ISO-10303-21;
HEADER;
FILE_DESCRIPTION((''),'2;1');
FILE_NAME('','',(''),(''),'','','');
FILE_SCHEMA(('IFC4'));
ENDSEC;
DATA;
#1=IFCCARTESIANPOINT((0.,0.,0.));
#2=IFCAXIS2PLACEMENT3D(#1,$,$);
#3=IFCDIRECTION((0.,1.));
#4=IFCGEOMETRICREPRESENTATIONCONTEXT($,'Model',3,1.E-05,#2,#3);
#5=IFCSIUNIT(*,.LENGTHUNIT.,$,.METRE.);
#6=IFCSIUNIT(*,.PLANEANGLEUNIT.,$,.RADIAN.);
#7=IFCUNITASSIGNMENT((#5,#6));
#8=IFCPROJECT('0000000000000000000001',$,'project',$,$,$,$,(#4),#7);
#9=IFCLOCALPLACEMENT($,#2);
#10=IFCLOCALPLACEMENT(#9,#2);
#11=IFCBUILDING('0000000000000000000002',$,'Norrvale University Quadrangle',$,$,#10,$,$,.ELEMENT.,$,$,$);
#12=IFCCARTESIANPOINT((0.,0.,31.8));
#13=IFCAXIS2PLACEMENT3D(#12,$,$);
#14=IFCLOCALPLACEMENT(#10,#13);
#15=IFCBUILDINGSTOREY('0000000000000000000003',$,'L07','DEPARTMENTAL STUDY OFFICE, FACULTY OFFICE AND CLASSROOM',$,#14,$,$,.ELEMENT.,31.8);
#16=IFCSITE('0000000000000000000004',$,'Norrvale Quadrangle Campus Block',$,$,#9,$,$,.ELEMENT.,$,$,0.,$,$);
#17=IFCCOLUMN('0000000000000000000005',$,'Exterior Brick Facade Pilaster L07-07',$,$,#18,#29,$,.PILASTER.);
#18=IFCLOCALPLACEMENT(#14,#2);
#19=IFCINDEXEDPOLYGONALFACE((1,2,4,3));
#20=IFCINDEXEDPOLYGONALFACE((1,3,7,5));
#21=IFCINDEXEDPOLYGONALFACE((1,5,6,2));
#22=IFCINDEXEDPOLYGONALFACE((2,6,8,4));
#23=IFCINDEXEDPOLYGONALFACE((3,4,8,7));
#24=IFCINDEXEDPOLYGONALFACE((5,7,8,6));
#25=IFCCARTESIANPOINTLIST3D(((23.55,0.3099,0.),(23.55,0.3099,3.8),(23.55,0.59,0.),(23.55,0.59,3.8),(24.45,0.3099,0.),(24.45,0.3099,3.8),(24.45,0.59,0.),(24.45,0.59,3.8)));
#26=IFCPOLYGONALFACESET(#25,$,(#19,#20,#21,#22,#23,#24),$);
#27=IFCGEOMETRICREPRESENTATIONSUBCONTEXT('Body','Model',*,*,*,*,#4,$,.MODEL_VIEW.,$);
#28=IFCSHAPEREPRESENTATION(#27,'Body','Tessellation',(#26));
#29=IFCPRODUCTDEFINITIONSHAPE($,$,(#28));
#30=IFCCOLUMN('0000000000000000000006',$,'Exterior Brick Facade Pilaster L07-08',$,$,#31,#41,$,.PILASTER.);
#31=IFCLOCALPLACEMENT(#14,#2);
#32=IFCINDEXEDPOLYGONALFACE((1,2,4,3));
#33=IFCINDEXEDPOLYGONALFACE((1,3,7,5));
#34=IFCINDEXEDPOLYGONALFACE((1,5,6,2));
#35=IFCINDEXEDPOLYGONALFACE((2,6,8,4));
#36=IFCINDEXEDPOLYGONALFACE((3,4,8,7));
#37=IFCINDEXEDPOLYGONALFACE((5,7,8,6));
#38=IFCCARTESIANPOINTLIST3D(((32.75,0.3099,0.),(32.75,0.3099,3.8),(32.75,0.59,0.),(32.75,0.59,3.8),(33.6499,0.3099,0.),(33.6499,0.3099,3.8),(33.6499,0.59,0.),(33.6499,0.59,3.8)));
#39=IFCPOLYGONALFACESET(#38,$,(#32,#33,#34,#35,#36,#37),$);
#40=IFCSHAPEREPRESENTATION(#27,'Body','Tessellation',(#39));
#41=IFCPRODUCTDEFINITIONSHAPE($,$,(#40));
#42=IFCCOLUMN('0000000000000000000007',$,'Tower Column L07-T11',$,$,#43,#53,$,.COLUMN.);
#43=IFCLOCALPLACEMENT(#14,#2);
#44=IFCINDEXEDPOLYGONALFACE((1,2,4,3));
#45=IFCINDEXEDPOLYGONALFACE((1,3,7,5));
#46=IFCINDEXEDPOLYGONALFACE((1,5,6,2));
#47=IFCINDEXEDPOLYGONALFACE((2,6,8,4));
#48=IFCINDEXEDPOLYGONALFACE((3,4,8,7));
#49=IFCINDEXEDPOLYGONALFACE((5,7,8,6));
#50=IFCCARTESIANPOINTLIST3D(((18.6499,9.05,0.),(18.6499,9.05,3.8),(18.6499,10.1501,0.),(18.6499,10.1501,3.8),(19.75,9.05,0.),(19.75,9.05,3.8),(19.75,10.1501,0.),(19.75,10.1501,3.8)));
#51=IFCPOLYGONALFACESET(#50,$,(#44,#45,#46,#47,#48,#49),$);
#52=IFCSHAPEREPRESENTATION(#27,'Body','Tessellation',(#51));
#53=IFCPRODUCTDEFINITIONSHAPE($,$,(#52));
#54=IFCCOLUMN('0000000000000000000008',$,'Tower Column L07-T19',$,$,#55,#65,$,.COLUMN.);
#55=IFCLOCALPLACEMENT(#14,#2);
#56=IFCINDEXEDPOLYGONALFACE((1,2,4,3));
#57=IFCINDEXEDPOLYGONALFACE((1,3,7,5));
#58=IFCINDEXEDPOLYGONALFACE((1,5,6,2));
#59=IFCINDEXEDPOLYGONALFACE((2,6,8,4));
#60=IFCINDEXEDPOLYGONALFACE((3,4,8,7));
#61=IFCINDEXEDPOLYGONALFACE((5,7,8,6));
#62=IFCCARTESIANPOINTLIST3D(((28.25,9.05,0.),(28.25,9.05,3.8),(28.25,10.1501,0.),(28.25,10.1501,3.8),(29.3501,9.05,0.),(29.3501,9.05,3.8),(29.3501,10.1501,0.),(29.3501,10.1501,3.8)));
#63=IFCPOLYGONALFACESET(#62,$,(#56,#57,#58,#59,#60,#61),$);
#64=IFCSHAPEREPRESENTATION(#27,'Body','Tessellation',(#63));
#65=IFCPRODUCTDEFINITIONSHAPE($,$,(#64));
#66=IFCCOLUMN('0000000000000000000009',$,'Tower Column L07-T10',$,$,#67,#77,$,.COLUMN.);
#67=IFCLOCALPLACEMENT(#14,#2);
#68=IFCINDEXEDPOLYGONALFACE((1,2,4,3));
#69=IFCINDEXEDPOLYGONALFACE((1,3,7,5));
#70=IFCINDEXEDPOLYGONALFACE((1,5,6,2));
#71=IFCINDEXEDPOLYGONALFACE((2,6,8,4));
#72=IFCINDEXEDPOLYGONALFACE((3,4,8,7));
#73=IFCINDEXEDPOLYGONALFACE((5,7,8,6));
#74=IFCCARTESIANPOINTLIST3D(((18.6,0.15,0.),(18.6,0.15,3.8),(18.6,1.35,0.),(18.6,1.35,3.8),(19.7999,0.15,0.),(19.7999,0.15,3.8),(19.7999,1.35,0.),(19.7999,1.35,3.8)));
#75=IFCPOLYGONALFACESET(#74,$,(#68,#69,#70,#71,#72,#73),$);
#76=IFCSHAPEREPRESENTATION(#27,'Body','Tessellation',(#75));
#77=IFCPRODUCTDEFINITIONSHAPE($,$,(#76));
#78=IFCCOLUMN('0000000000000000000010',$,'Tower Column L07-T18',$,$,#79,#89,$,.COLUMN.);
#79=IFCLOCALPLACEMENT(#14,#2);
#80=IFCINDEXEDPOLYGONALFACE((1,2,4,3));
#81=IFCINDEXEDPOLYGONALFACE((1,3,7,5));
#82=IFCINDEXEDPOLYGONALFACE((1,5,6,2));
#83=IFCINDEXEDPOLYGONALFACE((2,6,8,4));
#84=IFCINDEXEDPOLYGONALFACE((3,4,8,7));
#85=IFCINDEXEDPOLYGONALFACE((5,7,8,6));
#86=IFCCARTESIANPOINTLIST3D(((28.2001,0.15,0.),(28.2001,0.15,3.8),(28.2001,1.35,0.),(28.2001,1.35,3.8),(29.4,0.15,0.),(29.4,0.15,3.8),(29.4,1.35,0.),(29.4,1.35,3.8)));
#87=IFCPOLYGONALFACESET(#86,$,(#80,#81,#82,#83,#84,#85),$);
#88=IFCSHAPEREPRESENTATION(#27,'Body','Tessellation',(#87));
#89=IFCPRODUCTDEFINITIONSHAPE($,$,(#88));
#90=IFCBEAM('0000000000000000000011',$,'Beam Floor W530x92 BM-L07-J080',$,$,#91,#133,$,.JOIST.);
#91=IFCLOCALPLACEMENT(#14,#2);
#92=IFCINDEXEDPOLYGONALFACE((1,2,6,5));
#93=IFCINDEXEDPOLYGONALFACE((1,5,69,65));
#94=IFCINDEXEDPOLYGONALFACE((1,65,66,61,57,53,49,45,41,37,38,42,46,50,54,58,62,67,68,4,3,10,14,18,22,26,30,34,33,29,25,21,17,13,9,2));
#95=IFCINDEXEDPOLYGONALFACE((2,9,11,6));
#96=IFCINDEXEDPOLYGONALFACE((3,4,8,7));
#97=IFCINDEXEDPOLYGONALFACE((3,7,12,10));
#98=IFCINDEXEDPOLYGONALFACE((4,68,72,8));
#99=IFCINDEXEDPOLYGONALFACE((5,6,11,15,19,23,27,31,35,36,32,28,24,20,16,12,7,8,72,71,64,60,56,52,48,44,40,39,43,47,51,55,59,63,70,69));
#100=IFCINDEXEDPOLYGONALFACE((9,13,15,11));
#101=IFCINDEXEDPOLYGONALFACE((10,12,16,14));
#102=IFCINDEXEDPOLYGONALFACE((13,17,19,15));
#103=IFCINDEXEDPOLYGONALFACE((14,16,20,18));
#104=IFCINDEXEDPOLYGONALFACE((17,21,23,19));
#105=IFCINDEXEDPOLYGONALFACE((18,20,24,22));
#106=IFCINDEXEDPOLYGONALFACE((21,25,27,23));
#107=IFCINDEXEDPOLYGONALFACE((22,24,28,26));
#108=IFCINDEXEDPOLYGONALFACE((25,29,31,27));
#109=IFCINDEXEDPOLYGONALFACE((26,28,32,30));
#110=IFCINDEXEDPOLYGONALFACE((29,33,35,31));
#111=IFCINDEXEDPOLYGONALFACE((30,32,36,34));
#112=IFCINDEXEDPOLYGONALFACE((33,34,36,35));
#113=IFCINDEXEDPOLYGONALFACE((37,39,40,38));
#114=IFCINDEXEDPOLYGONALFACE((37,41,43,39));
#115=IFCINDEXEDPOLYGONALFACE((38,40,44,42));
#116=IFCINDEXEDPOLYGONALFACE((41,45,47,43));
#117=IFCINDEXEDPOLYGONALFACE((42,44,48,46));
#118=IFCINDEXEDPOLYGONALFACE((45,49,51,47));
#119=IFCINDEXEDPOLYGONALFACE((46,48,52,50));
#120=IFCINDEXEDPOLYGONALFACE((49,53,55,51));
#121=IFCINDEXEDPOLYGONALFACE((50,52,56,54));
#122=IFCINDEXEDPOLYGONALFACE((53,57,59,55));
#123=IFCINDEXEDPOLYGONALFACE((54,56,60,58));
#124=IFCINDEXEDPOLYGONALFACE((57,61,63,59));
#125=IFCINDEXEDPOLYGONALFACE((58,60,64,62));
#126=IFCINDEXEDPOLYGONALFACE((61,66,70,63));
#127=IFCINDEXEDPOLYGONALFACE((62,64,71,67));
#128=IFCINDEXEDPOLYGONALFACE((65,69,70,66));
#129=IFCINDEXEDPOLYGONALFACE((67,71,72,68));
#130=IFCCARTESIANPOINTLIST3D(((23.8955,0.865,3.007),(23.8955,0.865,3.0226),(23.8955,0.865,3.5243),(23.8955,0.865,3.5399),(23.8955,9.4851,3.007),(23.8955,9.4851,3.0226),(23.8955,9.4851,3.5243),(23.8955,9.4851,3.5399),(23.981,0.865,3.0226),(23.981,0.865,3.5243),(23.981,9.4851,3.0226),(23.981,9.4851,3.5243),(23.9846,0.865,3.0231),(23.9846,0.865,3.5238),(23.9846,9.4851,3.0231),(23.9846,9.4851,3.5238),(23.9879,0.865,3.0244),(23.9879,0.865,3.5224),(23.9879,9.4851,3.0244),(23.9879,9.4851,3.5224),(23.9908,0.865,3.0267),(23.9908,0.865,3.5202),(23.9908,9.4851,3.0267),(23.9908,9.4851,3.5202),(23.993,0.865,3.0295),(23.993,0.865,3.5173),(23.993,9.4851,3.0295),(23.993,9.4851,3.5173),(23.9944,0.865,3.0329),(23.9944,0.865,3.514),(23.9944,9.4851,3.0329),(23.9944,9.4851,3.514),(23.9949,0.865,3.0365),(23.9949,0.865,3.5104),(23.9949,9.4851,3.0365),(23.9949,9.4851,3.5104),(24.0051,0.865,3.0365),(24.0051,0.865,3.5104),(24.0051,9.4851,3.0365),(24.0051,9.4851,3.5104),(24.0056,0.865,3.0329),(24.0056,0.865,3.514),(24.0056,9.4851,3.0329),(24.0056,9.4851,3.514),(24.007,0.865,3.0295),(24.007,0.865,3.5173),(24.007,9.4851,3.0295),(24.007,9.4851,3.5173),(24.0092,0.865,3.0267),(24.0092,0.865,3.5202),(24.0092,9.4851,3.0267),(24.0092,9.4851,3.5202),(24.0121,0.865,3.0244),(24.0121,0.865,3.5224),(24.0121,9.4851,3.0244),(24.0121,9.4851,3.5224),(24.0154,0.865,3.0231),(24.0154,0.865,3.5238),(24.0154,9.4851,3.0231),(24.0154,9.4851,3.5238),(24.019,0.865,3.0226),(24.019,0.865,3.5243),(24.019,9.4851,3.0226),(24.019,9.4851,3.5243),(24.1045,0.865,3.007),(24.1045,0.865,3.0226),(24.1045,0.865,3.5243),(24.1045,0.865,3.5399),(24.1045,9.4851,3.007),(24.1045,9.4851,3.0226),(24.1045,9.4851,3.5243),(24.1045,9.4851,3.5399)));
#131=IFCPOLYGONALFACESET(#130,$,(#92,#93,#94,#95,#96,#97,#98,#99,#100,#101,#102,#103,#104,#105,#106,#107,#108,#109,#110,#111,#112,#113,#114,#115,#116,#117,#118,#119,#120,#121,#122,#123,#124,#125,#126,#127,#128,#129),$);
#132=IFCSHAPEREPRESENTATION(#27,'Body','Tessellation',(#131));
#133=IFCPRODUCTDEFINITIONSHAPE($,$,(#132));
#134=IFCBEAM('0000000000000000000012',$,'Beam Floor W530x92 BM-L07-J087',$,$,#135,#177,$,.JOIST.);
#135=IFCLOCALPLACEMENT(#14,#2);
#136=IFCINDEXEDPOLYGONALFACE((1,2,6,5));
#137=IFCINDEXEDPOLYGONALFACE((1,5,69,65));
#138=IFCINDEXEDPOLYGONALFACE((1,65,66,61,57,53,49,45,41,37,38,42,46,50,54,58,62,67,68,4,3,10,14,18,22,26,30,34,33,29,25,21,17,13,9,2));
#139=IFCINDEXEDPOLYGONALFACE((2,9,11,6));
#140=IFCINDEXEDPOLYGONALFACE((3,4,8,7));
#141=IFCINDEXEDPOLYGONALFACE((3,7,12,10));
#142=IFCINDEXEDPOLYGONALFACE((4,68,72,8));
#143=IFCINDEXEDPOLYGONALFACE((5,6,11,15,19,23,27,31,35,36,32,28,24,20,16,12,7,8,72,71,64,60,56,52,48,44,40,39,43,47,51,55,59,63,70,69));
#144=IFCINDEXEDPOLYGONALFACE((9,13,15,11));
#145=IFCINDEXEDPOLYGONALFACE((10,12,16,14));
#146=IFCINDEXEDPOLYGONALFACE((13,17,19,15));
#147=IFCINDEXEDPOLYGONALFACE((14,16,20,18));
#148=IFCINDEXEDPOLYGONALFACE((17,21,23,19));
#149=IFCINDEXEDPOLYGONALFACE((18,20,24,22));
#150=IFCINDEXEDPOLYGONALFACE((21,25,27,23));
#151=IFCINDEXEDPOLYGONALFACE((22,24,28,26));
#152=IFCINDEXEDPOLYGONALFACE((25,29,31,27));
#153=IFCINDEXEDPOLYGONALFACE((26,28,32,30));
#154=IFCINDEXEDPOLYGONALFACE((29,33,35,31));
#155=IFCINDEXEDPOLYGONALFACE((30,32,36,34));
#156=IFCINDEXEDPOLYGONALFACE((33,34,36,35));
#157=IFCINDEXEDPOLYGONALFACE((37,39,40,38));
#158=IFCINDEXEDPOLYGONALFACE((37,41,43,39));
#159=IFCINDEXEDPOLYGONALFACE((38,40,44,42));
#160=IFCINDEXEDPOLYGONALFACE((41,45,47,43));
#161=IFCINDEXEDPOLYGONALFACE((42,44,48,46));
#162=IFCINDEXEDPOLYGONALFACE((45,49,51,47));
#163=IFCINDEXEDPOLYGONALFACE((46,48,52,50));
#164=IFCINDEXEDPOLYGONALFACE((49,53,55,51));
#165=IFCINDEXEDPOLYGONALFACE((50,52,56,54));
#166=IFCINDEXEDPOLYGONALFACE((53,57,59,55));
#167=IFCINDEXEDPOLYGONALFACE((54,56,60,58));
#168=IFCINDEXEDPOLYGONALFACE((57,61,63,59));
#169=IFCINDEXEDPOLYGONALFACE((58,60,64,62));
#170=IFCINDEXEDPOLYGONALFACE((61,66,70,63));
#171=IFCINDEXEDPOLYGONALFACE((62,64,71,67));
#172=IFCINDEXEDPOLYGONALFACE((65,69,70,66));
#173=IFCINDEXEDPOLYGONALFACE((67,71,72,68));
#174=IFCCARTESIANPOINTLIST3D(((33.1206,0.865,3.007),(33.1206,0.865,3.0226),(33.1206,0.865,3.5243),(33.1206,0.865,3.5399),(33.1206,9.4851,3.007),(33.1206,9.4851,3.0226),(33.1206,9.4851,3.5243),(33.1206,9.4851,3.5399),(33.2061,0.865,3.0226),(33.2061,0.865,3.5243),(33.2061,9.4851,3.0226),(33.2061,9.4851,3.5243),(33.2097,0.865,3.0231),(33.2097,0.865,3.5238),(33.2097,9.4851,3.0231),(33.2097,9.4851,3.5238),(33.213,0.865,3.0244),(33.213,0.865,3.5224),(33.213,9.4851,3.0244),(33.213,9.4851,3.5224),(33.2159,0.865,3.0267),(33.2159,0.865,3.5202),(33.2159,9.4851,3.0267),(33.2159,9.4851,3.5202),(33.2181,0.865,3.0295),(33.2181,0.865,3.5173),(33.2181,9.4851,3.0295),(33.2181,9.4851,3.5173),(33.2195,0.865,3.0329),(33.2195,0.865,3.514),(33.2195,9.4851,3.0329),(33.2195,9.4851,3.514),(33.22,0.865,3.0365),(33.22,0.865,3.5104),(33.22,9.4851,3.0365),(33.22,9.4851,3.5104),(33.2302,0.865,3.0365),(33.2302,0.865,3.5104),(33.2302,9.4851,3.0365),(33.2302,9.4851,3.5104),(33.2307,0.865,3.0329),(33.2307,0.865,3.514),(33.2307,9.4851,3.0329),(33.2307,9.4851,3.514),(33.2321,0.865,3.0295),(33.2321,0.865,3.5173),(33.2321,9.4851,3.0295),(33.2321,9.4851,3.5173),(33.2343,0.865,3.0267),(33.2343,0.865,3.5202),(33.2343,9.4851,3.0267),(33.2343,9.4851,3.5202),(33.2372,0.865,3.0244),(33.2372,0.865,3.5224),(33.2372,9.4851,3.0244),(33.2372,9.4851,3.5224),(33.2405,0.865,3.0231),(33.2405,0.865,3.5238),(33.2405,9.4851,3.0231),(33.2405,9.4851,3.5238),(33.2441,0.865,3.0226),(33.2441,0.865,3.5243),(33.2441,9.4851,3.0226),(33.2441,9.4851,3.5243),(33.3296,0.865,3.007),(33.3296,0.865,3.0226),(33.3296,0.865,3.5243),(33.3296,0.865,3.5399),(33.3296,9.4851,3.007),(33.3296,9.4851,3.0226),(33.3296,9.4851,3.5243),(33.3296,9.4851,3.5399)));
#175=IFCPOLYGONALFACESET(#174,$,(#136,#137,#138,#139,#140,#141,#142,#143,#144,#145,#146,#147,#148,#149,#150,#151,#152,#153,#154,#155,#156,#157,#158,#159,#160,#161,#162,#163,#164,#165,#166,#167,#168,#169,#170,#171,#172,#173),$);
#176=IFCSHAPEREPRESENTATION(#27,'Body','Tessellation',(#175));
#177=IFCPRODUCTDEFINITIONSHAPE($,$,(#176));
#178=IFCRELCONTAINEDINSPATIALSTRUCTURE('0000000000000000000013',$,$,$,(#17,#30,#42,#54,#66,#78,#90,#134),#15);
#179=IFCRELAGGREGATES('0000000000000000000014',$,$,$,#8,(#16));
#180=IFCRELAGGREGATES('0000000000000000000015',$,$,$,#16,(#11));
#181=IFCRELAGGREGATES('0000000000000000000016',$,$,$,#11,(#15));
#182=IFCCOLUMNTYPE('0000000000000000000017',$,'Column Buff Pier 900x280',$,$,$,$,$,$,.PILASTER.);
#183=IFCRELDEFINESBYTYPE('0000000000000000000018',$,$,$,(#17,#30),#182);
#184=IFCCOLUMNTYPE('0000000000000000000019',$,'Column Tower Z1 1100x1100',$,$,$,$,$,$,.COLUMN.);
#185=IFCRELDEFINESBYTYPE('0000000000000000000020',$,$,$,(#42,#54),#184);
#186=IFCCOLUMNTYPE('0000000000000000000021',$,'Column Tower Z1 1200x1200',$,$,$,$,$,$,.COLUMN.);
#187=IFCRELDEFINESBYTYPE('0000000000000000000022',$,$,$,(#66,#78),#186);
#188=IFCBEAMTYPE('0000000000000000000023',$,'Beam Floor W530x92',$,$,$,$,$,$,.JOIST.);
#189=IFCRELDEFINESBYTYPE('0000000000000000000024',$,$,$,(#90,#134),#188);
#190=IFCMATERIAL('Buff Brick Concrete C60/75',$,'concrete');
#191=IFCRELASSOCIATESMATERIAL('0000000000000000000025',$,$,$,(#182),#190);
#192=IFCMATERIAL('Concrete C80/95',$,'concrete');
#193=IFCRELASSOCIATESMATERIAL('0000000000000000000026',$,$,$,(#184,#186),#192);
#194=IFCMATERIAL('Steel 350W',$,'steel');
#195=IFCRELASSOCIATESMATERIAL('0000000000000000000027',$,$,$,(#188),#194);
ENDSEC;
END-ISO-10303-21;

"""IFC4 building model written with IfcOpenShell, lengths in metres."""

from ifc_helpers import new_model, si_unit, direction, frame, origin, origin_2d, place, context, subcontext, project, spatial, rectangle, i_section, extrude, material, material_profile, profile_set, type_object, element, save


model = new_model("IFC4")

# Units and contexts
model_context = context("Model", 3, precision=1e-05, world=origin(), true_north=direction((0.0, 1.0)))
body_context = subcontext(model_context, "Body", "Model", "MODEL_VIEW")
ifc_project = project(units=[si_unit("LENGTHUNIT", "METRE"), si_unit("PLANEANGLEUNIT", "RADIAN")], contexts=[model_context])

# Site, building, storey
site_placement = place(None, origin())
site = spatial("IfcSite", under=ifc_project, at=site_placement, Name="Norrvale Quadrangle Campus Block", CompositionType="ELEMENT", RefElevation=0.0)
building_placement = place(site_placement, origin())
building = spatial("IfcBuilding", under=site, at=building_placement, Name="Norrvale University Quadrangle", CompositionType="ELEMENT")
storey_placement = place(building_placement, frame((0.0, 0.0, 31.8)))
storey = spatial("IfcBuildingStorey", under=building, at=storey_placement, Name="L07", Description="DEPARTMENTAL STUDY OFFICE, FACULTY OFFICE AND CLASSROOM", CompositionType="ELEMENT", Elevation=31.8)

# Columns
ifc_material_1 = material(Name="Buff Brick Concrete C60/75", Category="concrete")
ifc_material_profile_1 = material_profile(ifc_material_1, rectangle(XDim=0.8999, YDim=0.28, at=origin_2d()), Name="Buff Brick Concrete C60/75")
ifc_profile_set_1 = profile_set([ifc_material_profile_1], Name="Buff Brick Concrete C60/75")
column_type_1 = type_object("IfcColumnType", Name="Column Buff Pier 900x280", PredefinedType="PILASTER", material=ifc_profile_set_1)
for number, where, z_axis, x_axis, name in (
    (1, (24.0, 0.45, 0.0), (0.0, 0.0, 1.0), (1.0, 0.0, 0.0), "Exterior Brick Facade Pilaster L07-07"),
    (2, (33.2, 0.45, 0.0), (0.0, 0.0, 1.0), (1.0, 0.0, 0.0), "Exterior Brick Facade Pilaster L07-08"),
):
    element("IfcColumn", number, at=place(storey_placement, frame(where, z_axis=z_axis, x_axis=x_axis)), inside=storey, type_object=column_type_1, Name=name, PredefinedType="PILASTER", context=body_context, shape_type="SweptSolid", body=[
        extrude(rectangle(XDim=0.8999, YDim=0.28, at=origin_2d()), origin(), (0.0, 0.0, 1.0), 3.8),
    ])
ifc_material_2 = material(Name="Concrete C80/95", Category="concrete")
ifc_material_profile_2 = material_profile(ifc_material_2, rectangle(XDim=1.1001, YDim=1.1001, at=origin_2d()), Name="Concrete C80/95")
ifc_profile_set_2 = profile_set([ifc_material_profile_2], Name="Concrete C80/95")
column_type_2 = type_object("IfcColumnType", Name="Column Tower Z1 1100x1100", PredefinedType="COLUMN", material=ifc_profile_set_2)
for number, where, z_axis, x_axis, name in (
    (3, (19.2, 9.6001, 0.0), (0.0, 0.0, 1.0), (1.0, 0.0, 0.0), "Tower Column L07-T11"),
    (4, (28.8, 9.6001, 0.0), (0.0, 0.0, 1.0), (1.0, 0.0, 0.0), "Tower Column L07-T19"),
):
    element("IfcColumn", number, at=place(storey_placement, frame(where, z_axis=z_axis, x_axis=x_axis)), inside=storey, type_object=column_type_2, Name=name, PredefinedType="COLUMN", context=body_context, shape_type="SweptSolid", body=[
        extrude(rectangle(XDim=1.1001, YDim=1.1001, at=origin_2d()), origin(), (0.0, 0.0, 1.0), 3.8),
    ])
ifc_material_profile_3 = material_profile(ifc_material_2, rectangle(XDim=1.2, YDim=1.2, at=origin_2d()), Name="Concrete C80/95")
ifc_profile_set_3 = profile_set([ifc_material_profile_3], Name="Concrete C80/95")
column_type_3 = type_object("IfcColumnType", Name="Column Tower Z1 1200x1200", PredefinedType="COLUMN", material=ifc_profile_set_3)
for number, where, z_axis, x_axis, name in (
    (5, (19.2, 0.75, 0.0), (0.0, 0.0, 1.0), (1.0, 0.0, 0.0), "Tower Column L07-T10"),
    (6, (28.8, 0.75, 0.0), (0.0, 0.0, 1.0), (1.0, 0.0, 0.0), "Tower Column L07-T18"),
):
    element("IfcColumn", number, at=place(storey_placement, frame(where, z_axis=z_axis, x_axis=x_axis)), inside=storey, type_object=column_type_3, Name=name, PredefinedType="COLUMN", context=body_context, shape_type="SweptSolid", body=[
        extrude(rectangle(XDim=1.2, YDim=1.2, at=origin_2d()), origin(), (0.0, 0.0, 1.0), 3.8),
    ])

# Beams
ifc_material_3 = material(Name="Steel 350W", Category="steel")
ifc_material_profile_4 = material_profile(ifc_material_3, i_section(OverallWidth=0.209, OverallDepth=0.533, WebThickness=0.0103, FlangeThickness=0.0156, FilletRadius=0.0139, at=origin_2d()), Name="Steel 350W")
ifc_profile_set_4 = profile_set([ifc_material_profile_4], Name="Steel 350W")
beam_type_1 = type_object("IfcBeamType", Name="Beam Floor W530x92", PredefinedType="JOIST", material=ifc_profile_set_4)
for number, where, z_axis, x_axis, name in (
    (7, (24.0, 0.865, 3.2734), (0.0, 1.0, 0.0), (-1.0, 0.0, 0.0), "Beam Floor W530x92 BM-L07-J080"),
    (8, (33.2251, 0.865, 3.2734), (0.0, 1.0, 0.0), (-1.0, 0.0, 0.0), "Beam Floor W530x92 BM-L07-J087"),
):
    element("IfcBeam", number, at=place(storey_placement, frame(where, z_axis=z_axis, x_axis=x_axis)), inside=storey, type_object=beam_type_1, Name=name, PredefinedType="JOIST", context=body_context, shape_type="SweptSolid", body=[
        extrude(i_section(OverallWidth=0.209, OverallDepth=0.533, WebThickness=0.0103, FlangeThickness=0.0156, FilletRadius=0.0139, at=origin_2d()), origin(), (0.0, 0.0, 1.0), 8.6201),
    ])

save(model, "model.ifc")
